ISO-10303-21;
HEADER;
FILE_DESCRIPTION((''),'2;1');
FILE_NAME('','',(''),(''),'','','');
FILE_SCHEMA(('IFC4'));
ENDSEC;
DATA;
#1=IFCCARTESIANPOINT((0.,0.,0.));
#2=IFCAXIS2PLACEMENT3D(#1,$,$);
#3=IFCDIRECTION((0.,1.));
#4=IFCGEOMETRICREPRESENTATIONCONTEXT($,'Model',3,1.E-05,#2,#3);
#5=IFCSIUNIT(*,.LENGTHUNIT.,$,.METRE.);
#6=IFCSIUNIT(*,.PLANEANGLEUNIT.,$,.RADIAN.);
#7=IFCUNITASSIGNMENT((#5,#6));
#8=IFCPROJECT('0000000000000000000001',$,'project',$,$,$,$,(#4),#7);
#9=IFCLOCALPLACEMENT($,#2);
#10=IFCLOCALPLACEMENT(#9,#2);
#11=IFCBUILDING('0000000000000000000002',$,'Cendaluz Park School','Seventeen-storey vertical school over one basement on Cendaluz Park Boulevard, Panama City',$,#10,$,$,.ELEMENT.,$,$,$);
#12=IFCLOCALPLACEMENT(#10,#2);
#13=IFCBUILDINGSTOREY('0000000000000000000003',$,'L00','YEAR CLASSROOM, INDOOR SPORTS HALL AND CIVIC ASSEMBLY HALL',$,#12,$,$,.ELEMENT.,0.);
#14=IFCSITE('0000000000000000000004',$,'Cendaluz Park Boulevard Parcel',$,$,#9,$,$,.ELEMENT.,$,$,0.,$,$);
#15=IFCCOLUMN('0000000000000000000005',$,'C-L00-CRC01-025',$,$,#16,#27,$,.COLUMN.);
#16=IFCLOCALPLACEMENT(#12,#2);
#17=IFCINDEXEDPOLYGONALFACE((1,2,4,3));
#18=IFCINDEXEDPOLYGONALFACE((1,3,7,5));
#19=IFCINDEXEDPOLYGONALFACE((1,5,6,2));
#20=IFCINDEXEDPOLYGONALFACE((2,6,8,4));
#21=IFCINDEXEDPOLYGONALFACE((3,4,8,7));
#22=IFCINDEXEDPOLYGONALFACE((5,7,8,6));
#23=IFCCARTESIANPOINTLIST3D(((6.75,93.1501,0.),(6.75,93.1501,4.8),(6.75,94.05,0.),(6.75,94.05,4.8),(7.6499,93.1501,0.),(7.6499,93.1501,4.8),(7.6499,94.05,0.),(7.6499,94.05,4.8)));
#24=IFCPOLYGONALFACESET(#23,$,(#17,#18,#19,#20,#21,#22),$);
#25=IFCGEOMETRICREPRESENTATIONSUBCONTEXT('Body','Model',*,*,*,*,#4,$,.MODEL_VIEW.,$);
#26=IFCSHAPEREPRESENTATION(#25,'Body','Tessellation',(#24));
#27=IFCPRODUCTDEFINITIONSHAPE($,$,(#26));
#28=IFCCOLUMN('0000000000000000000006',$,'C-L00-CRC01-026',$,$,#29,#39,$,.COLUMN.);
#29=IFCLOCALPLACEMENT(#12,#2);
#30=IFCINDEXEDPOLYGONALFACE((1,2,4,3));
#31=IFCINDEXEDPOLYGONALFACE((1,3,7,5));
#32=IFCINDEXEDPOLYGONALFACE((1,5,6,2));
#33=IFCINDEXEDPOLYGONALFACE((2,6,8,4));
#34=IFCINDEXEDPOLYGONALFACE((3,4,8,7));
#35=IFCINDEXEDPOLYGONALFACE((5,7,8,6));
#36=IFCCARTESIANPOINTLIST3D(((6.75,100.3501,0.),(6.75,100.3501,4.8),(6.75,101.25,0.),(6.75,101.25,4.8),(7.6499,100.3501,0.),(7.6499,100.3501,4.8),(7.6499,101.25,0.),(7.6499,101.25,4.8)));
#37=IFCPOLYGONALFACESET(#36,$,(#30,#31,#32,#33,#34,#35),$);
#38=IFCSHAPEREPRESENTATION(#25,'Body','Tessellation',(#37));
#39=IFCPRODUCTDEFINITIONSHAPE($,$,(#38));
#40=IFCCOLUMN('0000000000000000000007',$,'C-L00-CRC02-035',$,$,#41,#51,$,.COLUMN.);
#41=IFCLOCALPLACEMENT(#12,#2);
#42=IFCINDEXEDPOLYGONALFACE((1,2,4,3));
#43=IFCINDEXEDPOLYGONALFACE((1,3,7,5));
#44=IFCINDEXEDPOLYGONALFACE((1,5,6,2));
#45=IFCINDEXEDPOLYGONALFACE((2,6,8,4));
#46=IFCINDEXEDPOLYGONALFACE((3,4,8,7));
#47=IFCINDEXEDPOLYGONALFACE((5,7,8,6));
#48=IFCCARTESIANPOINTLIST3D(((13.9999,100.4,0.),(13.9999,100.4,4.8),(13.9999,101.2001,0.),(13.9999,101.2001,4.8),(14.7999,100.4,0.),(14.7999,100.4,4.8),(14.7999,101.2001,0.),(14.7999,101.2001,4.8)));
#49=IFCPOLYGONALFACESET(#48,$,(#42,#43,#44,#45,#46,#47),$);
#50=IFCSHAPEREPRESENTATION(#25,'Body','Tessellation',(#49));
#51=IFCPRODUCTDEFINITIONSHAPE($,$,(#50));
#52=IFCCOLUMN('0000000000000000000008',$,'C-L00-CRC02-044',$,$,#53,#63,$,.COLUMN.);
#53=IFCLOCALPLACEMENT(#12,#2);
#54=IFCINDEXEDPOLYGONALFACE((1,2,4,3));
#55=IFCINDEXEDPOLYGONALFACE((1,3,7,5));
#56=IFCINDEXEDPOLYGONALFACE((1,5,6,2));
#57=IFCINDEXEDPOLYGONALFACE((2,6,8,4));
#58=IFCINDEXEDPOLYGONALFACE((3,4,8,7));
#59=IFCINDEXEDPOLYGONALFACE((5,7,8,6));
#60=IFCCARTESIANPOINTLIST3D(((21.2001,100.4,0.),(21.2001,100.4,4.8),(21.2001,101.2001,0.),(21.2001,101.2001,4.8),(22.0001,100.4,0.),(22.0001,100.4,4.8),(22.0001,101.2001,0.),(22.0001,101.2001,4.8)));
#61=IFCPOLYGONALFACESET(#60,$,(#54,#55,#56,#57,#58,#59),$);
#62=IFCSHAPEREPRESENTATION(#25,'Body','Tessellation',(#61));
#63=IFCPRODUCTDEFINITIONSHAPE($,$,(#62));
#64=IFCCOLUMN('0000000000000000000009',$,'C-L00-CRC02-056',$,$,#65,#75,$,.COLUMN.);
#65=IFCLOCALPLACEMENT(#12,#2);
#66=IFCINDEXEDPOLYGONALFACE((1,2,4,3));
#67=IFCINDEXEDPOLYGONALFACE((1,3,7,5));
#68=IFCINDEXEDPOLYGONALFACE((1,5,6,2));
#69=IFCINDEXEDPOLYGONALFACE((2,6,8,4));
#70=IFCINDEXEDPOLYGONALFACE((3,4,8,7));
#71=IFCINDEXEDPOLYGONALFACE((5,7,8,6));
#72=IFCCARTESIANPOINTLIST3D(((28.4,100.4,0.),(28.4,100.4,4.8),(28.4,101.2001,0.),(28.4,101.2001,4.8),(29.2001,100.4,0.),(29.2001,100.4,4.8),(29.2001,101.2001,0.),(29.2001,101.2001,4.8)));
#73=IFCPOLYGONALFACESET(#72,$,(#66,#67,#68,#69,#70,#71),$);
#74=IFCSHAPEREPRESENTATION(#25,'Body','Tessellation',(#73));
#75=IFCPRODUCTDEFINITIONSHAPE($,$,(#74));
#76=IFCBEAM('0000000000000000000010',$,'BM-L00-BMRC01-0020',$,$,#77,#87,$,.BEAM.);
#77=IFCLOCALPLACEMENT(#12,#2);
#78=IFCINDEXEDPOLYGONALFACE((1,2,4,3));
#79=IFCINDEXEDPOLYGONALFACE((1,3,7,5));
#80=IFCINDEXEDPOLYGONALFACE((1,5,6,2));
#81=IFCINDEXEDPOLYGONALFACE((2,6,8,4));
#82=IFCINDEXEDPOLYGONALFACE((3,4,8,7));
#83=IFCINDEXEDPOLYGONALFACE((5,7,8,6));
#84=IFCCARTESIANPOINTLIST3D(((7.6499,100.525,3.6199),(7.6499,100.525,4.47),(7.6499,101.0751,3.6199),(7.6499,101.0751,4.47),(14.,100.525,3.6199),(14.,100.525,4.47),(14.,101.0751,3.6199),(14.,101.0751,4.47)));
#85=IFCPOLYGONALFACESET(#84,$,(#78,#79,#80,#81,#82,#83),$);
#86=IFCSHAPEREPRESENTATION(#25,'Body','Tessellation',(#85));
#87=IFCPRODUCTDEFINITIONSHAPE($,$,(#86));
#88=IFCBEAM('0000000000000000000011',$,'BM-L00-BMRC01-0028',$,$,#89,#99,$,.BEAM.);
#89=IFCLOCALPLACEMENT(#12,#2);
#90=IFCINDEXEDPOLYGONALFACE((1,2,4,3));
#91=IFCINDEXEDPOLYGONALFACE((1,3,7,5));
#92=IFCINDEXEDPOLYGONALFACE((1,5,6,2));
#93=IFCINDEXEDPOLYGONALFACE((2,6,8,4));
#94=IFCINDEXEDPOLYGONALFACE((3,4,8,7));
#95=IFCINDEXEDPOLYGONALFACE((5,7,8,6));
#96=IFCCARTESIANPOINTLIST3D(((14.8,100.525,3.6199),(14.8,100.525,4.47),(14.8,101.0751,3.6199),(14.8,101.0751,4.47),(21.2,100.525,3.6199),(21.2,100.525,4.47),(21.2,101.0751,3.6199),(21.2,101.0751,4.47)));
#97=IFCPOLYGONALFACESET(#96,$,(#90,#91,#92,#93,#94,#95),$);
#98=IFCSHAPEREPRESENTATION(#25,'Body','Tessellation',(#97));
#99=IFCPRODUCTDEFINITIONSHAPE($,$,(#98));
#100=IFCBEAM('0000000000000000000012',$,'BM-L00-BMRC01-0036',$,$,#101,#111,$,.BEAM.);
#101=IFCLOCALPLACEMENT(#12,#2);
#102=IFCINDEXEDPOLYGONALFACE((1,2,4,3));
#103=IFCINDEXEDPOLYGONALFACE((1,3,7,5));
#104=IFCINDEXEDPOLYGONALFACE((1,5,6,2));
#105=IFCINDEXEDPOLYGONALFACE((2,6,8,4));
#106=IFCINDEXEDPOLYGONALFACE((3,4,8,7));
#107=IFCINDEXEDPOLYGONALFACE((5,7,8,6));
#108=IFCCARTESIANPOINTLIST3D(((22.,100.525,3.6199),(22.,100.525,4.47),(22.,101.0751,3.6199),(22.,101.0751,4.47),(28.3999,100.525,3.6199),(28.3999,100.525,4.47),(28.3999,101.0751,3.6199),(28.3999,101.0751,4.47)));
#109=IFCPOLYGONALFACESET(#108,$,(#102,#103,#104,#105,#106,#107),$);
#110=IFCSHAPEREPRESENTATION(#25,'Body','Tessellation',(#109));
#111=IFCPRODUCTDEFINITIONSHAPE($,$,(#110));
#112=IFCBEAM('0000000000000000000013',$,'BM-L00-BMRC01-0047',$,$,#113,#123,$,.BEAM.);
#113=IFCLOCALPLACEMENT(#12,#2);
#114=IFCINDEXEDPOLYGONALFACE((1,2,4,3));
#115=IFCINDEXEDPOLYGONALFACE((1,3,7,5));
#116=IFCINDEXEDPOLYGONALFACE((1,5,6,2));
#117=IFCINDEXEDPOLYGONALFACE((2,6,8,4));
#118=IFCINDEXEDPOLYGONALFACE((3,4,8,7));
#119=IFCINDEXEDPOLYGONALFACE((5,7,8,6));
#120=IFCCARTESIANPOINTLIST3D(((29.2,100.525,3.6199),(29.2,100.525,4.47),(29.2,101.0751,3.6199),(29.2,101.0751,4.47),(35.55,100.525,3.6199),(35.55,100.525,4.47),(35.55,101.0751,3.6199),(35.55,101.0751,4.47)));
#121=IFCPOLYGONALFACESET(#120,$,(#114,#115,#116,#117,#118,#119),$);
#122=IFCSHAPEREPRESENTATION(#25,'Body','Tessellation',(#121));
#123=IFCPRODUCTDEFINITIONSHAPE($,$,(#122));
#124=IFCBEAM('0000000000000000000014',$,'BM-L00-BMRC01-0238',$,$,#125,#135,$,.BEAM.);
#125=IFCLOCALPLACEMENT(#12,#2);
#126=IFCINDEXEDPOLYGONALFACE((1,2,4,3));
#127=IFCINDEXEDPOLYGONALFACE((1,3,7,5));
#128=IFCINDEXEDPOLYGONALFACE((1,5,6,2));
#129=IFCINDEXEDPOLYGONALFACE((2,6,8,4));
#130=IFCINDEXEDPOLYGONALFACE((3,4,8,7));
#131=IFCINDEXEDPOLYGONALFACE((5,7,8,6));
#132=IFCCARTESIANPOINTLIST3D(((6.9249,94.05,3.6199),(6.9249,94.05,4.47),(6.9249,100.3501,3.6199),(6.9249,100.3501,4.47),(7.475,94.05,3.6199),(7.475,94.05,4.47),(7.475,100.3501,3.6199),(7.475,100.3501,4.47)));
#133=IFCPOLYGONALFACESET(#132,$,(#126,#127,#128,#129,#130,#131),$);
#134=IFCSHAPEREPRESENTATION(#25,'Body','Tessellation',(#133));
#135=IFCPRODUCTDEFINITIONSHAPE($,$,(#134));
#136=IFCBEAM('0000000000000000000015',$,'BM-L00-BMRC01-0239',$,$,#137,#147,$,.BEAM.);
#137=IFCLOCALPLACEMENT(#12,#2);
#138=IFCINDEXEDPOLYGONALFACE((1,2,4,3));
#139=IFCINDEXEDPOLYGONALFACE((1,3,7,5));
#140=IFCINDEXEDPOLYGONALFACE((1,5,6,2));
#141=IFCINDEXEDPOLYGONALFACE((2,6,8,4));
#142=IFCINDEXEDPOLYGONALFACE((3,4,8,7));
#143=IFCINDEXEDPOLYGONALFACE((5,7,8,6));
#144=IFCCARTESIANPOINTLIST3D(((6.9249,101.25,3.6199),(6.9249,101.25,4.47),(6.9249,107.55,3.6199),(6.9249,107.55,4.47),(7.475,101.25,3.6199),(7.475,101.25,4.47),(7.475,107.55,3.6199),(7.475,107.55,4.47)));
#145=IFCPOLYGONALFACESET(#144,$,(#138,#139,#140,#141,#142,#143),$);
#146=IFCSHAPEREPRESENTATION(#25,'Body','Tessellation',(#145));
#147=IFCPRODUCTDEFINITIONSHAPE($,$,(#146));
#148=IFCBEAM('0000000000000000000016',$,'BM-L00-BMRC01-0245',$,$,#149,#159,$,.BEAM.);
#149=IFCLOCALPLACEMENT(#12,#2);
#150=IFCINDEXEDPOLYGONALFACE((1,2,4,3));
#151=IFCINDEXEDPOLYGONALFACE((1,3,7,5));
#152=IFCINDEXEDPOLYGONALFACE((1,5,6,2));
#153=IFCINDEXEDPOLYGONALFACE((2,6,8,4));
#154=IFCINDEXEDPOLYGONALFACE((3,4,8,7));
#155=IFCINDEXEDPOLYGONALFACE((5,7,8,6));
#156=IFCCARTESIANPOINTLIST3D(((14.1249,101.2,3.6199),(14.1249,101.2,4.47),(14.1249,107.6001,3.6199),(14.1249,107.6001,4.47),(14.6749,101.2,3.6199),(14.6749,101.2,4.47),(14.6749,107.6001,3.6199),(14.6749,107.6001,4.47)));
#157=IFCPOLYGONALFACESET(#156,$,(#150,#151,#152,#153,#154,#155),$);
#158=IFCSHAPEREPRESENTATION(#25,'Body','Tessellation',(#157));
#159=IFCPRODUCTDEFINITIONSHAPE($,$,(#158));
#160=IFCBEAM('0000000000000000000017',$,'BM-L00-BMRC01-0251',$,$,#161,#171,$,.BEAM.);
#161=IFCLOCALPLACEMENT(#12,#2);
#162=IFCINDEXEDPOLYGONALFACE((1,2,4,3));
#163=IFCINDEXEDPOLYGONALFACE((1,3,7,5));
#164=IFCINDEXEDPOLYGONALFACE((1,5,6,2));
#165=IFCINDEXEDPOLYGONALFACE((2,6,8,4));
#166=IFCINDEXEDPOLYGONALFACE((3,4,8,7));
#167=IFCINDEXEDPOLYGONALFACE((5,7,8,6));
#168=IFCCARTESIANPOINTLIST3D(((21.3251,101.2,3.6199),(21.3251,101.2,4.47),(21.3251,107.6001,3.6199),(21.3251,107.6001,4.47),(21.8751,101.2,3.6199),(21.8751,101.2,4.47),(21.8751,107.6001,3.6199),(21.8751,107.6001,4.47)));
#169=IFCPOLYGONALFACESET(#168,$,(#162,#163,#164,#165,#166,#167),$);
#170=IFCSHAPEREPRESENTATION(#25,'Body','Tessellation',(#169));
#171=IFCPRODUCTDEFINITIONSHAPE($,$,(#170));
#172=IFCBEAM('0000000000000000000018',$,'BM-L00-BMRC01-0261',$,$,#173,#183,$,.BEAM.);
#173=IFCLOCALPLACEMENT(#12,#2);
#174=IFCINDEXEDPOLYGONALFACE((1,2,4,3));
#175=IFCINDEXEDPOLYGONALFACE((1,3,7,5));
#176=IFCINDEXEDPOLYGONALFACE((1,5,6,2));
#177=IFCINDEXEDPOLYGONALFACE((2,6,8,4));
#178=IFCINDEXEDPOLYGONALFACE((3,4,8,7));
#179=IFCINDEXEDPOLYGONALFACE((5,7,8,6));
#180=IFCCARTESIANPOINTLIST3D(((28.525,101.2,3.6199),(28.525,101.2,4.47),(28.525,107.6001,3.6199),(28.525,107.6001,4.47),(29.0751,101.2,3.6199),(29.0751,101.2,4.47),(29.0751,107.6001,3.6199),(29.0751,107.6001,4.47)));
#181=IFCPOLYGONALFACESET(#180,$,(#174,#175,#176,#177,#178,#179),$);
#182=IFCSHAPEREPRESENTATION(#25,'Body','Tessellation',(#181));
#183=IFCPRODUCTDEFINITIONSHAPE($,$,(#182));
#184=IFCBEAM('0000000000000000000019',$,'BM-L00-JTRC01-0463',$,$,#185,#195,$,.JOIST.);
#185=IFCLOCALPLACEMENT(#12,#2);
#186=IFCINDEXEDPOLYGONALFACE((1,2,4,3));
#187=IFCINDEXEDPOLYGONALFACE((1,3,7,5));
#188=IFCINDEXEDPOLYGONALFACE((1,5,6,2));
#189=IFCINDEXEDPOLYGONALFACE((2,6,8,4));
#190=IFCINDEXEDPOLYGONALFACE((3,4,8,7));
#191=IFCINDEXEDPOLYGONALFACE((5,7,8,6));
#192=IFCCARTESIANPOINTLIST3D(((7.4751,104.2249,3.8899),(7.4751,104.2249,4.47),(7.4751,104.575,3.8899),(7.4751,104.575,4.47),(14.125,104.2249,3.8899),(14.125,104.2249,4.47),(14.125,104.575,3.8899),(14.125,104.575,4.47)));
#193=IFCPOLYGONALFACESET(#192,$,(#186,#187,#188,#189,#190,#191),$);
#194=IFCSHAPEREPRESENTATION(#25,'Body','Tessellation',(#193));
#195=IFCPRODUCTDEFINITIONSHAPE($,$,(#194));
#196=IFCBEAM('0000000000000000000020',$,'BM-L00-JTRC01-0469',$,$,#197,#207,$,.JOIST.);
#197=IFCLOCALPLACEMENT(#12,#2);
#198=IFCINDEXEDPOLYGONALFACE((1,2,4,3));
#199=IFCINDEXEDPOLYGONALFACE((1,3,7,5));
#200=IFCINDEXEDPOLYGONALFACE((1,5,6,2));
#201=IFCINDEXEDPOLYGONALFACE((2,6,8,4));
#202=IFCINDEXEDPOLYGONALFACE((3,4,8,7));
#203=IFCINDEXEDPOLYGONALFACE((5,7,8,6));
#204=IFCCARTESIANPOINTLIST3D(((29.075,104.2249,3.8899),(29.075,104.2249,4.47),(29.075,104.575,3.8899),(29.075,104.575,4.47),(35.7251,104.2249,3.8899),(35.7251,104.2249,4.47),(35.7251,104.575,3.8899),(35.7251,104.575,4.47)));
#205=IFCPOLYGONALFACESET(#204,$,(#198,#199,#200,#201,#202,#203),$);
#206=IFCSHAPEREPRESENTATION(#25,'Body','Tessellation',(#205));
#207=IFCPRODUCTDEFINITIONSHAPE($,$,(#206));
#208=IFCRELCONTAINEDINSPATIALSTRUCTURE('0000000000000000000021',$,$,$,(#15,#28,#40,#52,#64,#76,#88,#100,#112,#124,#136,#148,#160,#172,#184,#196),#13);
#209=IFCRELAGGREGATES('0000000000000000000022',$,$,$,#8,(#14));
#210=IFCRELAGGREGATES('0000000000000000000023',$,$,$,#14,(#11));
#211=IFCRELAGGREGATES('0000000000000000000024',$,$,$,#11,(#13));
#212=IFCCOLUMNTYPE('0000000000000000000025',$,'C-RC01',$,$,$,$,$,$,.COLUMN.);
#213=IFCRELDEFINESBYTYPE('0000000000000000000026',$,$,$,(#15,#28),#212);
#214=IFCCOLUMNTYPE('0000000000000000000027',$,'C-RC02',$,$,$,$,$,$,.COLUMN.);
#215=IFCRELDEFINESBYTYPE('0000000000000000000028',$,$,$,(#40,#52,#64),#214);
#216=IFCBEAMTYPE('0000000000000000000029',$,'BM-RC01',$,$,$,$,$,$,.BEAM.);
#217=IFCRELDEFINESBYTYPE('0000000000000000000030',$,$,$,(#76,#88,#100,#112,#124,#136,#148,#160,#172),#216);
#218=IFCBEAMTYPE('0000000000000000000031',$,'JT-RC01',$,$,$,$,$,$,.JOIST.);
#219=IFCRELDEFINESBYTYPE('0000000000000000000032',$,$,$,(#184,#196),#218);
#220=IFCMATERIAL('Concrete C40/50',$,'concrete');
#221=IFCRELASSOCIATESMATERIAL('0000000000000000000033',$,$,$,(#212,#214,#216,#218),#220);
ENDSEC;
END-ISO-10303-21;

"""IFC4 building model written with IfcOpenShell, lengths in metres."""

from ifc_helpers import new_model, si_unit, direction, frame, origin, origin_2d, place, context, subcontext, project, spatial, rectangle, extrude, material, material_profile, profile_set, type_object, element, save


model = new_model("IFC4")

# Units and contexts
model_context = context("Model", 3, precision=1e-05, world=origin(), true_north=direction((0.0, 1.0)))
body_context = subcontext(model_context, "Body", "Model", "MODEL_VIEW")
ifc_project = project(units=[si_unit("LENGTHUNIT", "METRE"), si_unit("PLANEANGLEUNIT", "RADIAN")], contexts=[model_context])

# Site, building, storey
site_placement = place(None, origin())
site = spatial("IfcSite", under=ifc_project, at=site_placement, Name="Cendaluz Park Boulevard Parcel", CompositionType="ELEMENT", RefElevation=0.0)
building_placement = place(site_placement, origin())
building = spatial("IfcBuilding", under=site, at=building_placement, Name="Cendaluz Park School", Description="Seventeen-storey vertical school over one basement on Cendaluz Park Boulevard, Panama City", CompositionType="ELEMENT")
storey_placement = place(building_placement, origin())
storey = spatial("IfcBuildingStorey", under=building, at=storey_placement, Name="L00", Description="YEAR CLASSROOM, INDOOR SPORTS HALL AND CIVIC ASSEMBLY HALL", CompositionType="ELEMENT", Elevation=0.0)

# Columns
ifc_material_1 = material(Name="Concrete C40/50", Category="concrete")
ifc_material_profile_1 = material_profile(ifc_material_1, rectangle(XDim=0.8999, YDim=0.8999, at=origin_2d()), Name="RC 900x900", Category="concrete")
ifc_profile_set_1 = profile_set([ifc_material_profile_1], Name="Concrete C40/50")
column_type_1 = type_object("IfcColumnType", Name="C-RC01", PredefinedType="COLUMN", material=ifc_profile_set_1)
for number, where, z_axis, x_axis, name in (
    (1, (7.2, 93.6001, 0.0), (0.0, 0.0, 1.0), (1.0, 0.0, 0.0), "C-L00-CRC01-025"),
    (2, (7.2, 100.8, 0.0), (0.0, 0.0, 1.0), (1.0, 0.0, 0.0), "C-L00-CRC01-026"),
):
    element("IfcColumn", number, at=place(storey_placement, frame(where, z_axis=z_axis, x_axis=x_axis)), inside=storey, type_object=column_type_1, Name=name, PredefinedType="COLUMN", context=body_context, shape_type="SweptSolid", body=[
        extrude(rectangle(XDim=0.8999, YDim=0.8999, at=origin_2d()), origin(), (0.0, 0.0, 1.0), 4.8),
    ])
ifc_material_profile_2 = material_profile(ifc_material_1, rectangle(XDim=0.8, YDim=0.8, at=origin_2d()), Name="RC 800x800", Category="concrete")
ifc_profile_set_2 = profile_set([ifc_material_profile_2], Name="Concrete C40/50")
column_type_2 = type_object("IfcColumnType", Name="C-RC02", PredefinedType="COLUMN", material=ifc_profile_set_2)
for number, where, z_axis, x_axis, name in (
    (3, (14.3999, 100.8, 0.0), (0.0, 0.0, 1.0), (1.0, 0.0, 0.0), "C-L00-CRC02-035"),
    (4, (21.6001, 100.8, 0.0), (0.0, 0.0, 1.0), (1.0, 0.0, 0.0), "C-L00-CRC02-044"),
    (5, (28.8, 100.8, 0.0), (0.0, 0.0, 1.0), (1.0, 0.0, 0.0), "C-L00-CRC02-056"),
):
    element("IfcColumn", number, at=place(storey_placement, frame(where, z_axis=z_axis, x_axis=x_axis)), inside=storey, type_object=column_type_2, Name=name, PredefinedType="COLUMN", context=body_context, shape_type="SweptSolid", body=[
        extrude(rectangle(XDim=0.8, YDim=0.8, at=origin_2d()), origin(), (0.0, 0.0, 1.0), 4.8),
    ])

# Beams
ifc_material_profile_3 = material_profile(ifc_material_1, rectangle(XDim=0.55, YDim=0.8501, at=origin_2d()), Name="RC 550x850", Category="concrete")
ifc_profile_set_3 = profile_set([ifc_material_profile_3], Name="Concrete C40/50")
beam_type_1 = type_object("IfcBeamType", Name="BM-RC01", PredefinedType="BEAM", material=ifc_profile_set_3)
beam_1_placement = place(storey_placement, frame((7.6499, 100.8, 4.0449), z_axis=(1.0, 0.0, 0.0), x_axis=(0.0, 1.0, 0.0)))
element("IfcBeam", 6, at=beam_1_placement, inside=storey, type_object=beam_type_1, Name="BM-L00-BMRC01-0020", PredefinedType="BEAM", context=body_context, shape_type="SweptSolid", body=[
    extrude(rectangle(XDim=0.55, YDim=0.8501, at=origin_2d()), origin(), (0.0, 0.0, 1.0), 6.3501),
])
for number, where, z_axis, x_axis, name in (
    (7, (14.8, 100.8, 4.0449), (1.0, 0.0, 0.0), (0.0, 1.0, 0.0), "BM-L00-BMRC01-0028"),
    (8, (22.0, 100.8, 4.0449), (1.0, 0.0, 0.0), (0.0, 1.0, 0.0), "BM-L00-BMRC01-0036"),
):
    element("IfcBeam", number, at=place(storey_placement, frame(where, z_axis=z_axis, x_axis=x_axis)), inside=storey, type_object=beam_type_1, Name=name, PredefinedType="BEAM", context=body_context, shape_type="SweptSolid", body=[
        extrude(rectangle(XDim=0.55, YDim=0.8501, at=origin_2d()), origin(), (0.0, 0.0, 1.0), 6.3999),
    ])
beam_2_placement = place(storey_placement, frame((29.2, 100.8, 4.0449), z_axis=(1.0, 0.0, 0.0), x_axis=(0.0, 1.0, 0.0)))
element("IfcBeam", 9, at=beam_2_placement, inside=storey, type_object=beam_type_1, Name="BM-L00-BMRC01-0047", PredefinedType="BEAM", context=body_context, shape_type="SweptSolid", body=[
    extrude(rectangle(XDim=0.55, YDim=0.8501, at=origin_2d()), origin(), (0.0, 0.0, 1.0), 6.3501),
])
for number, where, z_axis, x_axis, name in (
    (10, (7.2, 94.05, 4.0449), (0.0, 1.0, 0.0), (-1.0, 0.0, 0.0), "BM-L00-BMRC01-0238"),
    (11, (7.2, 101.25, 4.0449), (0.0, 1.0, 0.0), (-1.0, 0.0, 0.0), "BM-L00-BMRC01-0239"),
):
    element("IfcBeam", number, at=place(storey_placement, frame(where, z_axis=z_axis, x_axis=x_axis)), inside=storey, type_object=beam_type_1, Name=name, PredefinedType="BEAM", context=body_context, shape_type="SweptSolid", body=[
        extrude(rectangle(XDim=0.55, YDim=0.8501, at=origin_2d()), origin(), (0.0, 0.0, 1.0), 6.3),
    ])
for number, where, z_axis, x_axis, name in (
    (12, (14.3999, 101.2, 4.0449), (0.0, 1.0, 0.0), (-1.0, 0.0, 0.0), "BM-L00-BMRC01-0245"),
    (13, (21.6001, 101.2, 4.0449), (0.0, 1.0, 0.0), (-1.0, 0.0, 0.0), "BM-L00-BMRC01-0251"),
    (14, (28.8, 101.2, 4.0449), (0.0, 1.0, 0.0), (-1.0, 0.0, 0.0), "BM-L00-BMRC01-0261"),
):
    element("IfcBeam", number, at=place(storey_placement, frame(where, z_axis=z_axis, x_axis=x_axis)), inside=storey, type_object=beam_type_1, Name=name, PredefinedType="BEAM", context=body_context, shape_type="SweptSolid", body=[
        extrude(rectangle(XDim=0.55, YDim=0.8501, at=origin_2d()), origin(), (0.0, 0.0, 1.0), 6.4001),
    ])
ifc_material_profile_4 = material_profile(ifc_material_1, rectangle(XDim=0.3501, YDim=0.5801, at=origin_2d()), Name="RC 350x580", Category="concrete")
ifc_profile_set_4 = profile_set([ifc_material_profile_4], Name="Concrete C40/50")
beam_type_2 = type_object("IfcBeamType", Name="JT-RC01", PredefinedType="JOIST", material=ifc_profile_set_4)
beam_3_placement = place(storey_placement, frame((7.4751, 104.3999, 4.1799), z_axis=(1.0, 0.0, 0.0), x_axis=(0.0, 1.0, 0.0)))
element("IfcBeam", 15, at=beam_3_placement, inside=storey, type_object=beam_type_2, Name="BM-L00-JTRC01-0463", PredefinedType="JOIST", context=body_context, shape_type="SweptSolid", body=[
    extrude(rectangle(XDim=0.3501, YDim=0.5801, at=origin_2d()), origin(), (0.0, 0.0, 1.0), 6.6499),
])
beam_4_placement = place(storey_placement, frame((29.075, 104.3999, 4.1799), z_axis=(1.0, 0.0, 0.0), x_axis=(0.0, 1.0, 0.0)))
element("IfcBeam", 16, at=beam_4_placement, inside=storey, type_object=beam_type_2, Name="BM-L00-JTRC01-0469", PredefinedType="JOIST", context=body_context, shape_type="SweptSolid", body=[
    extrude(rectangle(XDim=0.3501, YDim=0.5801, at=origin_2d()), origin(), (0.0, 0.0, 1.0), 6.6501),
])

save(model, "model.ifc")
